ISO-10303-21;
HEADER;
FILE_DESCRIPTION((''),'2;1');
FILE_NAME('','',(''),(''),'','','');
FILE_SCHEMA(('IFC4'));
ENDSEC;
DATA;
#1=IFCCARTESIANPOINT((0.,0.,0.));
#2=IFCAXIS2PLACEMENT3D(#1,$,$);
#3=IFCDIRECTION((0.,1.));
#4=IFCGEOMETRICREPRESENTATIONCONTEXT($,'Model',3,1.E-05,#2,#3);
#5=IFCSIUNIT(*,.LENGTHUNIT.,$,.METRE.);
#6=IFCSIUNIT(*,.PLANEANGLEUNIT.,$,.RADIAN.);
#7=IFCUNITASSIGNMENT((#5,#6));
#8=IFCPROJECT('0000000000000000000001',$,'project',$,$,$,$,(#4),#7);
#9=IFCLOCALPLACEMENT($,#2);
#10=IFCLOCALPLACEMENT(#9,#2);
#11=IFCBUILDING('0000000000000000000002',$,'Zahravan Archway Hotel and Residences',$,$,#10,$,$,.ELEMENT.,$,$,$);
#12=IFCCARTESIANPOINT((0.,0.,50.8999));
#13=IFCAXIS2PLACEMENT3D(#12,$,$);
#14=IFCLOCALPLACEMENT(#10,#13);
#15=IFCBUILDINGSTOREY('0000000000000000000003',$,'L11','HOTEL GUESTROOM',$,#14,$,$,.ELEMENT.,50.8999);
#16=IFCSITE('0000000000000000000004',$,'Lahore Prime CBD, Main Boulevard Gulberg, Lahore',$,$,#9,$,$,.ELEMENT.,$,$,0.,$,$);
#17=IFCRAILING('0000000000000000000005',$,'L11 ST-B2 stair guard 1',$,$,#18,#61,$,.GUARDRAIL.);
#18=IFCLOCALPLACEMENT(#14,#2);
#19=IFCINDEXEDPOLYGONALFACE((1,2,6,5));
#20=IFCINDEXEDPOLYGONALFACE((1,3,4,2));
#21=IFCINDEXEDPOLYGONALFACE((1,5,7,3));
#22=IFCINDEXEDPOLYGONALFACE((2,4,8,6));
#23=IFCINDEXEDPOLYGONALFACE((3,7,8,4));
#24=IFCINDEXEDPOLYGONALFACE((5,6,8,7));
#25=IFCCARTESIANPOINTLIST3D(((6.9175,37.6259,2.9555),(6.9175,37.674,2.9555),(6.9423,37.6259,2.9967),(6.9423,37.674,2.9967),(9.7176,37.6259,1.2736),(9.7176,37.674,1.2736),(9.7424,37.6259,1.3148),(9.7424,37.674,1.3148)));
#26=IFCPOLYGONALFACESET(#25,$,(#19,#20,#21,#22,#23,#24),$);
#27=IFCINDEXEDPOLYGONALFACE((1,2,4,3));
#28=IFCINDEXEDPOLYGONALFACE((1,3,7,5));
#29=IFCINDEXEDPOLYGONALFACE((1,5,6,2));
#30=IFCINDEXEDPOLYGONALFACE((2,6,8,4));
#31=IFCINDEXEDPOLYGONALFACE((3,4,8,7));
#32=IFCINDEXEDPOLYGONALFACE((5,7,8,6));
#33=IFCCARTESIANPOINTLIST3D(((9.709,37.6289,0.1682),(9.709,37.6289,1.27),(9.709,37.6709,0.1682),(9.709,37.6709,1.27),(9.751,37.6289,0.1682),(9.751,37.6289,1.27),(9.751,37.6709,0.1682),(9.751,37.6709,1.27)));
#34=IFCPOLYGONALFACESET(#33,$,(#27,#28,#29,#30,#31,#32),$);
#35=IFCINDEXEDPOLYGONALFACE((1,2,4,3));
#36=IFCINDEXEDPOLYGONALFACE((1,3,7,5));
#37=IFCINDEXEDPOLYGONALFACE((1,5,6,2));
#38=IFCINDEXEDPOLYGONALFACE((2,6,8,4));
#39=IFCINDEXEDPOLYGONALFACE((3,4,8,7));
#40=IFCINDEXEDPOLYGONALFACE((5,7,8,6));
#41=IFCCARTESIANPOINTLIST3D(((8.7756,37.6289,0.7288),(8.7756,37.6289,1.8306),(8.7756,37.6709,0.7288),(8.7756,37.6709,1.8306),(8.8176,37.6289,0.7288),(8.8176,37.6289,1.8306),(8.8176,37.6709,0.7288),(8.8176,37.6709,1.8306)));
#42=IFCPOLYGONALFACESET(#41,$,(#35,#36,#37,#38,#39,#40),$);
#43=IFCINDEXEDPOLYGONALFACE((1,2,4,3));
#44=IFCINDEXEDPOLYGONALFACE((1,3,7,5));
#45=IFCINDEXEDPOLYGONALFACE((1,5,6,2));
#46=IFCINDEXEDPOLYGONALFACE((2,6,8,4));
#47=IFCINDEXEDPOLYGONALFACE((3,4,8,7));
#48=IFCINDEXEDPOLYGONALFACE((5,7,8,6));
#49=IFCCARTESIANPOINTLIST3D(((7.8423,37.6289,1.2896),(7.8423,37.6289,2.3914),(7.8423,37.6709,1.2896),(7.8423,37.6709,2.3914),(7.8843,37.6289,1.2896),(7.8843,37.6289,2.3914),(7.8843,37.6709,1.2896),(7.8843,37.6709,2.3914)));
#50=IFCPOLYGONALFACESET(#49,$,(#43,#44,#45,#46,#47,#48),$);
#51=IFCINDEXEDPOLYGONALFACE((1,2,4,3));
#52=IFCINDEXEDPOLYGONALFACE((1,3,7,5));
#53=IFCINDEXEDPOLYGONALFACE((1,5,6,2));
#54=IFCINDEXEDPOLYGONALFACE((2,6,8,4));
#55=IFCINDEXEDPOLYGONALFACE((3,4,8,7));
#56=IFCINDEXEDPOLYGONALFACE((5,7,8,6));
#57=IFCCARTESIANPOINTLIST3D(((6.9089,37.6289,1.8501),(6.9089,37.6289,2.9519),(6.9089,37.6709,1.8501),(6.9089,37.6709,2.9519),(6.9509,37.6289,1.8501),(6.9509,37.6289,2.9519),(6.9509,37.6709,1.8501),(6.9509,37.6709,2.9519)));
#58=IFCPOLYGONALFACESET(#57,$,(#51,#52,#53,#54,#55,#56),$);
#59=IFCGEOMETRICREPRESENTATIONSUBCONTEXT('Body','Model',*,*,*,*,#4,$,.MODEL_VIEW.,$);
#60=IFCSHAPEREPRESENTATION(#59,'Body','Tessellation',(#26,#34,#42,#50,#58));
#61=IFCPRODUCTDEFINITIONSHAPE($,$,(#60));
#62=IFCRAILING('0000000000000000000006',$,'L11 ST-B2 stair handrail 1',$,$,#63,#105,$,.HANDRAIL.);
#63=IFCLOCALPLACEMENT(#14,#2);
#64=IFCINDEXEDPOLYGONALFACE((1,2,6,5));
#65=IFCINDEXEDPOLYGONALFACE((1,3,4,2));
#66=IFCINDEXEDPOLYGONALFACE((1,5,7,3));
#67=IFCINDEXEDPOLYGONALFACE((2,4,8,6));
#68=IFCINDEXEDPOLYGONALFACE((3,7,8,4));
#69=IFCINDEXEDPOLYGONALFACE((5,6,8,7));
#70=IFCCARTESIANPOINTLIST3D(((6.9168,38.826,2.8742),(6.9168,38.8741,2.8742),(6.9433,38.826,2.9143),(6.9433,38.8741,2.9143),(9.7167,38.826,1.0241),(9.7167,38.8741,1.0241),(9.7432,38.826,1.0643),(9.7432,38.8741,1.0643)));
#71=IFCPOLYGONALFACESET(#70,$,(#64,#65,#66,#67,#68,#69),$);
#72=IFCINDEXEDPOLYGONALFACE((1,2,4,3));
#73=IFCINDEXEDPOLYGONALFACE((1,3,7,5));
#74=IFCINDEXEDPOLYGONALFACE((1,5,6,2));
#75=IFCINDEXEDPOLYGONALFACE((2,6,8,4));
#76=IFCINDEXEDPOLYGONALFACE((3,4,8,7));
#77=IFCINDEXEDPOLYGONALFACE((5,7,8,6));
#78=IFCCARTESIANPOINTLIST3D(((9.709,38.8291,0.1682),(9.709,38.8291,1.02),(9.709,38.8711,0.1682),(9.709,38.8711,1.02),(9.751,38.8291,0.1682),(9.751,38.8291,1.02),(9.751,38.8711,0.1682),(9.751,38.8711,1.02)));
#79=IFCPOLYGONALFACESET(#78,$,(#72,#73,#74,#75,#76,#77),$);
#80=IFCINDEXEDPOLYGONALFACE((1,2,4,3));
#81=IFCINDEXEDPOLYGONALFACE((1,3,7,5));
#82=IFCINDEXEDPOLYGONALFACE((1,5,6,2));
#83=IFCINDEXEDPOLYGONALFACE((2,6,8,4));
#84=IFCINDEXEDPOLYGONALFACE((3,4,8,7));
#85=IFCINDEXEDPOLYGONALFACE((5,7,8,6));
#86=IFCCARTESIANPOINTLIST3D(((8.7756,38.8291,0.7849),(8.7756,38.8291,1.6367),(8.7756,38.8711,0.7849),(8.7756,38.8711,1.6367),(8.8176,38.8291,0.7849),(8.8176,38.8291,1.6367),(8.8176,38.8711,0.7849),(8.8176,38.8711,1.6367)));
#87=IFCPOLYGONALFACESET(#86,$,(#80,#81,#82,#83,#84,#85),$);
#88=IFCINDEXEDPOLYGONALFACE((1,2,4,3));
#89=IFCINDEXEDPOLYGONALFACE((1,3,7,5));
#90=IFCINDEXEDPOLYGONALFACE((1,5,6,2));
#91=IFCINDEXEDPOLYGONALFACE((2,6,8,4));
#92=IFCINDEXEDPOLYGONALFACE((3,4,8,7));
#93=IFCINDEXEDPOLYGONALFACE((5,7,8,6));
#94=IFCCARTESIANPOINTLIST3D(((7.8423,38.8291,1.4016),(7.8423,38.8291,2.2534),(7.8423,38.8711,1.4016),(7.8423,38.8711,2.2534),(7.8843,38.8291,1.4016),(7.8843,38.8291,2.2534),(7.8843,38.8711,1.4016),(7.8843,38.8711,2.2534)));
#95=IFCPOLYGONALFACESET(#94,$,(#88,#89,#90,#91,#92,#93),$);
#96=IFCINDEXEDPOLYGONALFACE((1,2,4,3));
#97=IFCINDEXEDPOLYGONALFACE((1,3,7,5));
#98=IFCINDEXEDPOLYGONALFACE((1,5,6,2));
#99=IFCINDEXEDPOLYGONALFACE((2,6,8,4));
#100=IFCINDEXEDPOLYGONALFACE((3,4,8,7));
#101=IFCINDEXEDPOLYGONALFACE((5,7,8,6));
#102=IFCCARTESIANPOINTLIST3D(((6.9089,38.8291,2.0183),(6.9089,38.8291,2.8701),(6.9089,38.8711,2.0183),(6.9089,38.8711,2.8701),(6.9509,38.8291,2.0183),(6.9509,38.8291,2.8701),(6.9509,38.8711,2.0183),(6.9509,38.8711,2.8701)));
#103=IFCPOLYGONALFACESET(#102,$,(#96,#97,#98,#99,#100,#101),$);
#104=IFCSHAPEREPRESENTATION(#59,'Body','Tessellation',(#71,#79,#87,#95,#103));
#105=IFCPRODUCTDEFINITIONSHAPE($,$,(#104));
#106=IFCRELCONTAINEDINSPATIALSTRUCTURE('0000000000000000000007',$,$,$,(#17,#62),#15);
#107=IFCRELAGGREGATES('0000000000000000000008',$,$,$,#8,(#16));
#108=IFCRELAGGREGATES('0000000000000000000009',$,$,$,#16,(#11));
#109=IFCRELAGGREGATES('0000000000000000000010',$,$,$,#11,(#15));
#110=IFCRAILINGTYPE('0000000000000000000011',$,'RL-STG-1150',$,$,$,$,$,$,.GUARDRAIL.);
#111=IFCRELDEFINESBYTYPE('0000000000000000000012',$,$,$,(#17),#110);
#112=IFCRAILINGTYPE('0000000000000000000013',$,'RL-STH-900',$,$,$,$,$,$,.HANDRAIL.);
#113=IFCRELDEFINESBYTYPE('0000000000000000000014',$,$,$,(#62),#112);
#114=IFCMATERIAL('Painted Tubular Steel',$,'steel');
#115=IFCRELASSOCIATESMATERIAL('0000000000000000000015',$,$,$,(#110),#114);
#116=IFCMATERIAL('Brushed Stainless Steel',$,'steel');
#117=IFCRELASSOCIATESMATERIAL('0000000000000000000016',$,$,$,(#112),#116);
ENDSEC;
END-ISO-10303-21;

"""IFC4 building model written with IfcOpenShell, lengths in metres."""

from ifc_helpers import new_model, si_unit, direction, frame, origin, origin_2d, place, context, subcontext, project, spatial, rectangle, extrude, material, type_object, element, save


model = new_model("IFC4")

# Units and contexts
model_context = context("Model", 3, precision=1e-05, world=origin(), true_north=direction((0.0, 1.0)))
body_context = subcontext(model_context, "Body", "Model", "MODEL_VIEW")
ifc_project = project(units=[si_unit("LENGTHUNIT", "METRE"), si_unit("PLANEANGLEUNIT", "RADIAN")], contexts=[model_context])

# Site, building, storey
site_placement = place(None, origin())
site = spatial("IfcSite", under=ifc_project, at=site_placement, Name="Lahore Prime CBD, Main Boulevard Gulberg, Lahore", CompositionType="ELEMENT", RefElevation=0.0)
building_placement = place(site_placement, origin())
building = spatial("IfcBuilding", under=site, at=building_placement, Name="Zahravan Archway Hotel and Residences", CompositionType="ELEMENT")
storey_placement = place(building_placement, frame((0.0, 0.0, 50.8999)))
storey = spatial("IfcBuildingStorey", under=building, at=storey_placement, Name="L11", Description="HOTEL GUESTROOM", CompositionType="ELEMENT", Elevation=50.8999)

# Railings
ifc_material_1 = material(Name="Painted Tubular Steel", Category="steel")
railing_type_1 = type_object("IfcRailingType", Name="RL-STG-1150", PredefinedType="GUARDRAIL", material=ifc_material_1)
railing_1_placement = place(storey_placement, frame((9.73, 37.6499, 0.1682)))
element("IfcRailing", 1, at=railing_1_placement, inside=storey, type_object=railing_type_1, Name="L11 ST-B2 stair guard 1", PredefinedType="GUARDRAIL", context=body_context, shape_type="SweptSolid", body=[
    extrude(rectangle(XDim=0.0481, YDim=0.0481, at=origin_2d()), frame((0.0, 0.0, 1.126), z_axis=(-0.857242, 0.0, 0.514913), x_axis=(0.0, -1.0, 0.0)), (0.0, 0.0, 1.0), 3.2664),
    extrude(rectangle(XDim=0.042, YDim=0.042, at=origin_2d()), origin(), (0.0, 0.0, 1.0), 1.1018),
    extrude(rectangle(XDim=0.042, YDim=0.042, at=origin_2d()), frame((-0.9333, 0.0, 0.5605)), (0.0, 0.0, 1.0), 1.1018),
    extrude(rectangle(XDim=0.042, YDim=0.042, at=origin_2d()), frame((-1.8667, 0.0, 1.1213)), (0.0, 0.0, 1.0), 1.1018),
    extrude(rectangle(XDim=0.042, YDim=0.042, at=origin_2d()), frame((-2.8, 0.0, 1.6819)), (0.0, 0.0, 1.0), 1.1018),
])
ifc_material_2 = material(Name="Brushed Stainless Steel", Category="steel")
railing_type_2 = type_object("IfcRailingType", Name="RL-STH-900", PredefinedType="HANDRAIL", material=ifc_material_2)
railing_2_placement = place(storey_placement, frame((9.73, 38.8501, 0.1682)))
element("IfcRailing", 2, at=railing_2_placement, inside=storey, type_object=railing_type_2, Name="L11 ST-B2 stair handrail 1", PredefinedType="HANDRAIL", context=body_context, shape_type="SweptSolid", body=[
    extrude(rectangle(XDim=0.0481, YDim=0.0481, at=origin_2d()), frame((0.0, 0.0, 0.876), z_axis=(-0.834326, 0.0, 0.551271), x_axis=(0.0, -1.0, 0.0)), (0.0, 0.0, 1.0), 3.356),
    extrude(rectangle(XDim=0.042, YDim=0.042, at=origin_2d()), origin(), (0.0, 0.0, 1.0), 0.8518),
    extrude(rectangle(XDim=0.042, YDim=0.042, at=origin_2d()), frame((-0.9333, 0.0, 0.6167)), (0.0, 0.0, 1.0), 0.8518),
    extrude(rectangle(XDim=0.042, YDim=0.042, at=origin_2d()), frame((-1.8667, 0.0, 1.2334)), (0.0, 0.0, 1.0), 0.8518),
    extrude(rectangle(XDim=0.042, YDim=0.042, at=origin_2d()), frame((-2.8, 0.0, 1.8501)), (0.0, 0.0, 1.0), 0.8518),
])

save(model, "model.ifc")
